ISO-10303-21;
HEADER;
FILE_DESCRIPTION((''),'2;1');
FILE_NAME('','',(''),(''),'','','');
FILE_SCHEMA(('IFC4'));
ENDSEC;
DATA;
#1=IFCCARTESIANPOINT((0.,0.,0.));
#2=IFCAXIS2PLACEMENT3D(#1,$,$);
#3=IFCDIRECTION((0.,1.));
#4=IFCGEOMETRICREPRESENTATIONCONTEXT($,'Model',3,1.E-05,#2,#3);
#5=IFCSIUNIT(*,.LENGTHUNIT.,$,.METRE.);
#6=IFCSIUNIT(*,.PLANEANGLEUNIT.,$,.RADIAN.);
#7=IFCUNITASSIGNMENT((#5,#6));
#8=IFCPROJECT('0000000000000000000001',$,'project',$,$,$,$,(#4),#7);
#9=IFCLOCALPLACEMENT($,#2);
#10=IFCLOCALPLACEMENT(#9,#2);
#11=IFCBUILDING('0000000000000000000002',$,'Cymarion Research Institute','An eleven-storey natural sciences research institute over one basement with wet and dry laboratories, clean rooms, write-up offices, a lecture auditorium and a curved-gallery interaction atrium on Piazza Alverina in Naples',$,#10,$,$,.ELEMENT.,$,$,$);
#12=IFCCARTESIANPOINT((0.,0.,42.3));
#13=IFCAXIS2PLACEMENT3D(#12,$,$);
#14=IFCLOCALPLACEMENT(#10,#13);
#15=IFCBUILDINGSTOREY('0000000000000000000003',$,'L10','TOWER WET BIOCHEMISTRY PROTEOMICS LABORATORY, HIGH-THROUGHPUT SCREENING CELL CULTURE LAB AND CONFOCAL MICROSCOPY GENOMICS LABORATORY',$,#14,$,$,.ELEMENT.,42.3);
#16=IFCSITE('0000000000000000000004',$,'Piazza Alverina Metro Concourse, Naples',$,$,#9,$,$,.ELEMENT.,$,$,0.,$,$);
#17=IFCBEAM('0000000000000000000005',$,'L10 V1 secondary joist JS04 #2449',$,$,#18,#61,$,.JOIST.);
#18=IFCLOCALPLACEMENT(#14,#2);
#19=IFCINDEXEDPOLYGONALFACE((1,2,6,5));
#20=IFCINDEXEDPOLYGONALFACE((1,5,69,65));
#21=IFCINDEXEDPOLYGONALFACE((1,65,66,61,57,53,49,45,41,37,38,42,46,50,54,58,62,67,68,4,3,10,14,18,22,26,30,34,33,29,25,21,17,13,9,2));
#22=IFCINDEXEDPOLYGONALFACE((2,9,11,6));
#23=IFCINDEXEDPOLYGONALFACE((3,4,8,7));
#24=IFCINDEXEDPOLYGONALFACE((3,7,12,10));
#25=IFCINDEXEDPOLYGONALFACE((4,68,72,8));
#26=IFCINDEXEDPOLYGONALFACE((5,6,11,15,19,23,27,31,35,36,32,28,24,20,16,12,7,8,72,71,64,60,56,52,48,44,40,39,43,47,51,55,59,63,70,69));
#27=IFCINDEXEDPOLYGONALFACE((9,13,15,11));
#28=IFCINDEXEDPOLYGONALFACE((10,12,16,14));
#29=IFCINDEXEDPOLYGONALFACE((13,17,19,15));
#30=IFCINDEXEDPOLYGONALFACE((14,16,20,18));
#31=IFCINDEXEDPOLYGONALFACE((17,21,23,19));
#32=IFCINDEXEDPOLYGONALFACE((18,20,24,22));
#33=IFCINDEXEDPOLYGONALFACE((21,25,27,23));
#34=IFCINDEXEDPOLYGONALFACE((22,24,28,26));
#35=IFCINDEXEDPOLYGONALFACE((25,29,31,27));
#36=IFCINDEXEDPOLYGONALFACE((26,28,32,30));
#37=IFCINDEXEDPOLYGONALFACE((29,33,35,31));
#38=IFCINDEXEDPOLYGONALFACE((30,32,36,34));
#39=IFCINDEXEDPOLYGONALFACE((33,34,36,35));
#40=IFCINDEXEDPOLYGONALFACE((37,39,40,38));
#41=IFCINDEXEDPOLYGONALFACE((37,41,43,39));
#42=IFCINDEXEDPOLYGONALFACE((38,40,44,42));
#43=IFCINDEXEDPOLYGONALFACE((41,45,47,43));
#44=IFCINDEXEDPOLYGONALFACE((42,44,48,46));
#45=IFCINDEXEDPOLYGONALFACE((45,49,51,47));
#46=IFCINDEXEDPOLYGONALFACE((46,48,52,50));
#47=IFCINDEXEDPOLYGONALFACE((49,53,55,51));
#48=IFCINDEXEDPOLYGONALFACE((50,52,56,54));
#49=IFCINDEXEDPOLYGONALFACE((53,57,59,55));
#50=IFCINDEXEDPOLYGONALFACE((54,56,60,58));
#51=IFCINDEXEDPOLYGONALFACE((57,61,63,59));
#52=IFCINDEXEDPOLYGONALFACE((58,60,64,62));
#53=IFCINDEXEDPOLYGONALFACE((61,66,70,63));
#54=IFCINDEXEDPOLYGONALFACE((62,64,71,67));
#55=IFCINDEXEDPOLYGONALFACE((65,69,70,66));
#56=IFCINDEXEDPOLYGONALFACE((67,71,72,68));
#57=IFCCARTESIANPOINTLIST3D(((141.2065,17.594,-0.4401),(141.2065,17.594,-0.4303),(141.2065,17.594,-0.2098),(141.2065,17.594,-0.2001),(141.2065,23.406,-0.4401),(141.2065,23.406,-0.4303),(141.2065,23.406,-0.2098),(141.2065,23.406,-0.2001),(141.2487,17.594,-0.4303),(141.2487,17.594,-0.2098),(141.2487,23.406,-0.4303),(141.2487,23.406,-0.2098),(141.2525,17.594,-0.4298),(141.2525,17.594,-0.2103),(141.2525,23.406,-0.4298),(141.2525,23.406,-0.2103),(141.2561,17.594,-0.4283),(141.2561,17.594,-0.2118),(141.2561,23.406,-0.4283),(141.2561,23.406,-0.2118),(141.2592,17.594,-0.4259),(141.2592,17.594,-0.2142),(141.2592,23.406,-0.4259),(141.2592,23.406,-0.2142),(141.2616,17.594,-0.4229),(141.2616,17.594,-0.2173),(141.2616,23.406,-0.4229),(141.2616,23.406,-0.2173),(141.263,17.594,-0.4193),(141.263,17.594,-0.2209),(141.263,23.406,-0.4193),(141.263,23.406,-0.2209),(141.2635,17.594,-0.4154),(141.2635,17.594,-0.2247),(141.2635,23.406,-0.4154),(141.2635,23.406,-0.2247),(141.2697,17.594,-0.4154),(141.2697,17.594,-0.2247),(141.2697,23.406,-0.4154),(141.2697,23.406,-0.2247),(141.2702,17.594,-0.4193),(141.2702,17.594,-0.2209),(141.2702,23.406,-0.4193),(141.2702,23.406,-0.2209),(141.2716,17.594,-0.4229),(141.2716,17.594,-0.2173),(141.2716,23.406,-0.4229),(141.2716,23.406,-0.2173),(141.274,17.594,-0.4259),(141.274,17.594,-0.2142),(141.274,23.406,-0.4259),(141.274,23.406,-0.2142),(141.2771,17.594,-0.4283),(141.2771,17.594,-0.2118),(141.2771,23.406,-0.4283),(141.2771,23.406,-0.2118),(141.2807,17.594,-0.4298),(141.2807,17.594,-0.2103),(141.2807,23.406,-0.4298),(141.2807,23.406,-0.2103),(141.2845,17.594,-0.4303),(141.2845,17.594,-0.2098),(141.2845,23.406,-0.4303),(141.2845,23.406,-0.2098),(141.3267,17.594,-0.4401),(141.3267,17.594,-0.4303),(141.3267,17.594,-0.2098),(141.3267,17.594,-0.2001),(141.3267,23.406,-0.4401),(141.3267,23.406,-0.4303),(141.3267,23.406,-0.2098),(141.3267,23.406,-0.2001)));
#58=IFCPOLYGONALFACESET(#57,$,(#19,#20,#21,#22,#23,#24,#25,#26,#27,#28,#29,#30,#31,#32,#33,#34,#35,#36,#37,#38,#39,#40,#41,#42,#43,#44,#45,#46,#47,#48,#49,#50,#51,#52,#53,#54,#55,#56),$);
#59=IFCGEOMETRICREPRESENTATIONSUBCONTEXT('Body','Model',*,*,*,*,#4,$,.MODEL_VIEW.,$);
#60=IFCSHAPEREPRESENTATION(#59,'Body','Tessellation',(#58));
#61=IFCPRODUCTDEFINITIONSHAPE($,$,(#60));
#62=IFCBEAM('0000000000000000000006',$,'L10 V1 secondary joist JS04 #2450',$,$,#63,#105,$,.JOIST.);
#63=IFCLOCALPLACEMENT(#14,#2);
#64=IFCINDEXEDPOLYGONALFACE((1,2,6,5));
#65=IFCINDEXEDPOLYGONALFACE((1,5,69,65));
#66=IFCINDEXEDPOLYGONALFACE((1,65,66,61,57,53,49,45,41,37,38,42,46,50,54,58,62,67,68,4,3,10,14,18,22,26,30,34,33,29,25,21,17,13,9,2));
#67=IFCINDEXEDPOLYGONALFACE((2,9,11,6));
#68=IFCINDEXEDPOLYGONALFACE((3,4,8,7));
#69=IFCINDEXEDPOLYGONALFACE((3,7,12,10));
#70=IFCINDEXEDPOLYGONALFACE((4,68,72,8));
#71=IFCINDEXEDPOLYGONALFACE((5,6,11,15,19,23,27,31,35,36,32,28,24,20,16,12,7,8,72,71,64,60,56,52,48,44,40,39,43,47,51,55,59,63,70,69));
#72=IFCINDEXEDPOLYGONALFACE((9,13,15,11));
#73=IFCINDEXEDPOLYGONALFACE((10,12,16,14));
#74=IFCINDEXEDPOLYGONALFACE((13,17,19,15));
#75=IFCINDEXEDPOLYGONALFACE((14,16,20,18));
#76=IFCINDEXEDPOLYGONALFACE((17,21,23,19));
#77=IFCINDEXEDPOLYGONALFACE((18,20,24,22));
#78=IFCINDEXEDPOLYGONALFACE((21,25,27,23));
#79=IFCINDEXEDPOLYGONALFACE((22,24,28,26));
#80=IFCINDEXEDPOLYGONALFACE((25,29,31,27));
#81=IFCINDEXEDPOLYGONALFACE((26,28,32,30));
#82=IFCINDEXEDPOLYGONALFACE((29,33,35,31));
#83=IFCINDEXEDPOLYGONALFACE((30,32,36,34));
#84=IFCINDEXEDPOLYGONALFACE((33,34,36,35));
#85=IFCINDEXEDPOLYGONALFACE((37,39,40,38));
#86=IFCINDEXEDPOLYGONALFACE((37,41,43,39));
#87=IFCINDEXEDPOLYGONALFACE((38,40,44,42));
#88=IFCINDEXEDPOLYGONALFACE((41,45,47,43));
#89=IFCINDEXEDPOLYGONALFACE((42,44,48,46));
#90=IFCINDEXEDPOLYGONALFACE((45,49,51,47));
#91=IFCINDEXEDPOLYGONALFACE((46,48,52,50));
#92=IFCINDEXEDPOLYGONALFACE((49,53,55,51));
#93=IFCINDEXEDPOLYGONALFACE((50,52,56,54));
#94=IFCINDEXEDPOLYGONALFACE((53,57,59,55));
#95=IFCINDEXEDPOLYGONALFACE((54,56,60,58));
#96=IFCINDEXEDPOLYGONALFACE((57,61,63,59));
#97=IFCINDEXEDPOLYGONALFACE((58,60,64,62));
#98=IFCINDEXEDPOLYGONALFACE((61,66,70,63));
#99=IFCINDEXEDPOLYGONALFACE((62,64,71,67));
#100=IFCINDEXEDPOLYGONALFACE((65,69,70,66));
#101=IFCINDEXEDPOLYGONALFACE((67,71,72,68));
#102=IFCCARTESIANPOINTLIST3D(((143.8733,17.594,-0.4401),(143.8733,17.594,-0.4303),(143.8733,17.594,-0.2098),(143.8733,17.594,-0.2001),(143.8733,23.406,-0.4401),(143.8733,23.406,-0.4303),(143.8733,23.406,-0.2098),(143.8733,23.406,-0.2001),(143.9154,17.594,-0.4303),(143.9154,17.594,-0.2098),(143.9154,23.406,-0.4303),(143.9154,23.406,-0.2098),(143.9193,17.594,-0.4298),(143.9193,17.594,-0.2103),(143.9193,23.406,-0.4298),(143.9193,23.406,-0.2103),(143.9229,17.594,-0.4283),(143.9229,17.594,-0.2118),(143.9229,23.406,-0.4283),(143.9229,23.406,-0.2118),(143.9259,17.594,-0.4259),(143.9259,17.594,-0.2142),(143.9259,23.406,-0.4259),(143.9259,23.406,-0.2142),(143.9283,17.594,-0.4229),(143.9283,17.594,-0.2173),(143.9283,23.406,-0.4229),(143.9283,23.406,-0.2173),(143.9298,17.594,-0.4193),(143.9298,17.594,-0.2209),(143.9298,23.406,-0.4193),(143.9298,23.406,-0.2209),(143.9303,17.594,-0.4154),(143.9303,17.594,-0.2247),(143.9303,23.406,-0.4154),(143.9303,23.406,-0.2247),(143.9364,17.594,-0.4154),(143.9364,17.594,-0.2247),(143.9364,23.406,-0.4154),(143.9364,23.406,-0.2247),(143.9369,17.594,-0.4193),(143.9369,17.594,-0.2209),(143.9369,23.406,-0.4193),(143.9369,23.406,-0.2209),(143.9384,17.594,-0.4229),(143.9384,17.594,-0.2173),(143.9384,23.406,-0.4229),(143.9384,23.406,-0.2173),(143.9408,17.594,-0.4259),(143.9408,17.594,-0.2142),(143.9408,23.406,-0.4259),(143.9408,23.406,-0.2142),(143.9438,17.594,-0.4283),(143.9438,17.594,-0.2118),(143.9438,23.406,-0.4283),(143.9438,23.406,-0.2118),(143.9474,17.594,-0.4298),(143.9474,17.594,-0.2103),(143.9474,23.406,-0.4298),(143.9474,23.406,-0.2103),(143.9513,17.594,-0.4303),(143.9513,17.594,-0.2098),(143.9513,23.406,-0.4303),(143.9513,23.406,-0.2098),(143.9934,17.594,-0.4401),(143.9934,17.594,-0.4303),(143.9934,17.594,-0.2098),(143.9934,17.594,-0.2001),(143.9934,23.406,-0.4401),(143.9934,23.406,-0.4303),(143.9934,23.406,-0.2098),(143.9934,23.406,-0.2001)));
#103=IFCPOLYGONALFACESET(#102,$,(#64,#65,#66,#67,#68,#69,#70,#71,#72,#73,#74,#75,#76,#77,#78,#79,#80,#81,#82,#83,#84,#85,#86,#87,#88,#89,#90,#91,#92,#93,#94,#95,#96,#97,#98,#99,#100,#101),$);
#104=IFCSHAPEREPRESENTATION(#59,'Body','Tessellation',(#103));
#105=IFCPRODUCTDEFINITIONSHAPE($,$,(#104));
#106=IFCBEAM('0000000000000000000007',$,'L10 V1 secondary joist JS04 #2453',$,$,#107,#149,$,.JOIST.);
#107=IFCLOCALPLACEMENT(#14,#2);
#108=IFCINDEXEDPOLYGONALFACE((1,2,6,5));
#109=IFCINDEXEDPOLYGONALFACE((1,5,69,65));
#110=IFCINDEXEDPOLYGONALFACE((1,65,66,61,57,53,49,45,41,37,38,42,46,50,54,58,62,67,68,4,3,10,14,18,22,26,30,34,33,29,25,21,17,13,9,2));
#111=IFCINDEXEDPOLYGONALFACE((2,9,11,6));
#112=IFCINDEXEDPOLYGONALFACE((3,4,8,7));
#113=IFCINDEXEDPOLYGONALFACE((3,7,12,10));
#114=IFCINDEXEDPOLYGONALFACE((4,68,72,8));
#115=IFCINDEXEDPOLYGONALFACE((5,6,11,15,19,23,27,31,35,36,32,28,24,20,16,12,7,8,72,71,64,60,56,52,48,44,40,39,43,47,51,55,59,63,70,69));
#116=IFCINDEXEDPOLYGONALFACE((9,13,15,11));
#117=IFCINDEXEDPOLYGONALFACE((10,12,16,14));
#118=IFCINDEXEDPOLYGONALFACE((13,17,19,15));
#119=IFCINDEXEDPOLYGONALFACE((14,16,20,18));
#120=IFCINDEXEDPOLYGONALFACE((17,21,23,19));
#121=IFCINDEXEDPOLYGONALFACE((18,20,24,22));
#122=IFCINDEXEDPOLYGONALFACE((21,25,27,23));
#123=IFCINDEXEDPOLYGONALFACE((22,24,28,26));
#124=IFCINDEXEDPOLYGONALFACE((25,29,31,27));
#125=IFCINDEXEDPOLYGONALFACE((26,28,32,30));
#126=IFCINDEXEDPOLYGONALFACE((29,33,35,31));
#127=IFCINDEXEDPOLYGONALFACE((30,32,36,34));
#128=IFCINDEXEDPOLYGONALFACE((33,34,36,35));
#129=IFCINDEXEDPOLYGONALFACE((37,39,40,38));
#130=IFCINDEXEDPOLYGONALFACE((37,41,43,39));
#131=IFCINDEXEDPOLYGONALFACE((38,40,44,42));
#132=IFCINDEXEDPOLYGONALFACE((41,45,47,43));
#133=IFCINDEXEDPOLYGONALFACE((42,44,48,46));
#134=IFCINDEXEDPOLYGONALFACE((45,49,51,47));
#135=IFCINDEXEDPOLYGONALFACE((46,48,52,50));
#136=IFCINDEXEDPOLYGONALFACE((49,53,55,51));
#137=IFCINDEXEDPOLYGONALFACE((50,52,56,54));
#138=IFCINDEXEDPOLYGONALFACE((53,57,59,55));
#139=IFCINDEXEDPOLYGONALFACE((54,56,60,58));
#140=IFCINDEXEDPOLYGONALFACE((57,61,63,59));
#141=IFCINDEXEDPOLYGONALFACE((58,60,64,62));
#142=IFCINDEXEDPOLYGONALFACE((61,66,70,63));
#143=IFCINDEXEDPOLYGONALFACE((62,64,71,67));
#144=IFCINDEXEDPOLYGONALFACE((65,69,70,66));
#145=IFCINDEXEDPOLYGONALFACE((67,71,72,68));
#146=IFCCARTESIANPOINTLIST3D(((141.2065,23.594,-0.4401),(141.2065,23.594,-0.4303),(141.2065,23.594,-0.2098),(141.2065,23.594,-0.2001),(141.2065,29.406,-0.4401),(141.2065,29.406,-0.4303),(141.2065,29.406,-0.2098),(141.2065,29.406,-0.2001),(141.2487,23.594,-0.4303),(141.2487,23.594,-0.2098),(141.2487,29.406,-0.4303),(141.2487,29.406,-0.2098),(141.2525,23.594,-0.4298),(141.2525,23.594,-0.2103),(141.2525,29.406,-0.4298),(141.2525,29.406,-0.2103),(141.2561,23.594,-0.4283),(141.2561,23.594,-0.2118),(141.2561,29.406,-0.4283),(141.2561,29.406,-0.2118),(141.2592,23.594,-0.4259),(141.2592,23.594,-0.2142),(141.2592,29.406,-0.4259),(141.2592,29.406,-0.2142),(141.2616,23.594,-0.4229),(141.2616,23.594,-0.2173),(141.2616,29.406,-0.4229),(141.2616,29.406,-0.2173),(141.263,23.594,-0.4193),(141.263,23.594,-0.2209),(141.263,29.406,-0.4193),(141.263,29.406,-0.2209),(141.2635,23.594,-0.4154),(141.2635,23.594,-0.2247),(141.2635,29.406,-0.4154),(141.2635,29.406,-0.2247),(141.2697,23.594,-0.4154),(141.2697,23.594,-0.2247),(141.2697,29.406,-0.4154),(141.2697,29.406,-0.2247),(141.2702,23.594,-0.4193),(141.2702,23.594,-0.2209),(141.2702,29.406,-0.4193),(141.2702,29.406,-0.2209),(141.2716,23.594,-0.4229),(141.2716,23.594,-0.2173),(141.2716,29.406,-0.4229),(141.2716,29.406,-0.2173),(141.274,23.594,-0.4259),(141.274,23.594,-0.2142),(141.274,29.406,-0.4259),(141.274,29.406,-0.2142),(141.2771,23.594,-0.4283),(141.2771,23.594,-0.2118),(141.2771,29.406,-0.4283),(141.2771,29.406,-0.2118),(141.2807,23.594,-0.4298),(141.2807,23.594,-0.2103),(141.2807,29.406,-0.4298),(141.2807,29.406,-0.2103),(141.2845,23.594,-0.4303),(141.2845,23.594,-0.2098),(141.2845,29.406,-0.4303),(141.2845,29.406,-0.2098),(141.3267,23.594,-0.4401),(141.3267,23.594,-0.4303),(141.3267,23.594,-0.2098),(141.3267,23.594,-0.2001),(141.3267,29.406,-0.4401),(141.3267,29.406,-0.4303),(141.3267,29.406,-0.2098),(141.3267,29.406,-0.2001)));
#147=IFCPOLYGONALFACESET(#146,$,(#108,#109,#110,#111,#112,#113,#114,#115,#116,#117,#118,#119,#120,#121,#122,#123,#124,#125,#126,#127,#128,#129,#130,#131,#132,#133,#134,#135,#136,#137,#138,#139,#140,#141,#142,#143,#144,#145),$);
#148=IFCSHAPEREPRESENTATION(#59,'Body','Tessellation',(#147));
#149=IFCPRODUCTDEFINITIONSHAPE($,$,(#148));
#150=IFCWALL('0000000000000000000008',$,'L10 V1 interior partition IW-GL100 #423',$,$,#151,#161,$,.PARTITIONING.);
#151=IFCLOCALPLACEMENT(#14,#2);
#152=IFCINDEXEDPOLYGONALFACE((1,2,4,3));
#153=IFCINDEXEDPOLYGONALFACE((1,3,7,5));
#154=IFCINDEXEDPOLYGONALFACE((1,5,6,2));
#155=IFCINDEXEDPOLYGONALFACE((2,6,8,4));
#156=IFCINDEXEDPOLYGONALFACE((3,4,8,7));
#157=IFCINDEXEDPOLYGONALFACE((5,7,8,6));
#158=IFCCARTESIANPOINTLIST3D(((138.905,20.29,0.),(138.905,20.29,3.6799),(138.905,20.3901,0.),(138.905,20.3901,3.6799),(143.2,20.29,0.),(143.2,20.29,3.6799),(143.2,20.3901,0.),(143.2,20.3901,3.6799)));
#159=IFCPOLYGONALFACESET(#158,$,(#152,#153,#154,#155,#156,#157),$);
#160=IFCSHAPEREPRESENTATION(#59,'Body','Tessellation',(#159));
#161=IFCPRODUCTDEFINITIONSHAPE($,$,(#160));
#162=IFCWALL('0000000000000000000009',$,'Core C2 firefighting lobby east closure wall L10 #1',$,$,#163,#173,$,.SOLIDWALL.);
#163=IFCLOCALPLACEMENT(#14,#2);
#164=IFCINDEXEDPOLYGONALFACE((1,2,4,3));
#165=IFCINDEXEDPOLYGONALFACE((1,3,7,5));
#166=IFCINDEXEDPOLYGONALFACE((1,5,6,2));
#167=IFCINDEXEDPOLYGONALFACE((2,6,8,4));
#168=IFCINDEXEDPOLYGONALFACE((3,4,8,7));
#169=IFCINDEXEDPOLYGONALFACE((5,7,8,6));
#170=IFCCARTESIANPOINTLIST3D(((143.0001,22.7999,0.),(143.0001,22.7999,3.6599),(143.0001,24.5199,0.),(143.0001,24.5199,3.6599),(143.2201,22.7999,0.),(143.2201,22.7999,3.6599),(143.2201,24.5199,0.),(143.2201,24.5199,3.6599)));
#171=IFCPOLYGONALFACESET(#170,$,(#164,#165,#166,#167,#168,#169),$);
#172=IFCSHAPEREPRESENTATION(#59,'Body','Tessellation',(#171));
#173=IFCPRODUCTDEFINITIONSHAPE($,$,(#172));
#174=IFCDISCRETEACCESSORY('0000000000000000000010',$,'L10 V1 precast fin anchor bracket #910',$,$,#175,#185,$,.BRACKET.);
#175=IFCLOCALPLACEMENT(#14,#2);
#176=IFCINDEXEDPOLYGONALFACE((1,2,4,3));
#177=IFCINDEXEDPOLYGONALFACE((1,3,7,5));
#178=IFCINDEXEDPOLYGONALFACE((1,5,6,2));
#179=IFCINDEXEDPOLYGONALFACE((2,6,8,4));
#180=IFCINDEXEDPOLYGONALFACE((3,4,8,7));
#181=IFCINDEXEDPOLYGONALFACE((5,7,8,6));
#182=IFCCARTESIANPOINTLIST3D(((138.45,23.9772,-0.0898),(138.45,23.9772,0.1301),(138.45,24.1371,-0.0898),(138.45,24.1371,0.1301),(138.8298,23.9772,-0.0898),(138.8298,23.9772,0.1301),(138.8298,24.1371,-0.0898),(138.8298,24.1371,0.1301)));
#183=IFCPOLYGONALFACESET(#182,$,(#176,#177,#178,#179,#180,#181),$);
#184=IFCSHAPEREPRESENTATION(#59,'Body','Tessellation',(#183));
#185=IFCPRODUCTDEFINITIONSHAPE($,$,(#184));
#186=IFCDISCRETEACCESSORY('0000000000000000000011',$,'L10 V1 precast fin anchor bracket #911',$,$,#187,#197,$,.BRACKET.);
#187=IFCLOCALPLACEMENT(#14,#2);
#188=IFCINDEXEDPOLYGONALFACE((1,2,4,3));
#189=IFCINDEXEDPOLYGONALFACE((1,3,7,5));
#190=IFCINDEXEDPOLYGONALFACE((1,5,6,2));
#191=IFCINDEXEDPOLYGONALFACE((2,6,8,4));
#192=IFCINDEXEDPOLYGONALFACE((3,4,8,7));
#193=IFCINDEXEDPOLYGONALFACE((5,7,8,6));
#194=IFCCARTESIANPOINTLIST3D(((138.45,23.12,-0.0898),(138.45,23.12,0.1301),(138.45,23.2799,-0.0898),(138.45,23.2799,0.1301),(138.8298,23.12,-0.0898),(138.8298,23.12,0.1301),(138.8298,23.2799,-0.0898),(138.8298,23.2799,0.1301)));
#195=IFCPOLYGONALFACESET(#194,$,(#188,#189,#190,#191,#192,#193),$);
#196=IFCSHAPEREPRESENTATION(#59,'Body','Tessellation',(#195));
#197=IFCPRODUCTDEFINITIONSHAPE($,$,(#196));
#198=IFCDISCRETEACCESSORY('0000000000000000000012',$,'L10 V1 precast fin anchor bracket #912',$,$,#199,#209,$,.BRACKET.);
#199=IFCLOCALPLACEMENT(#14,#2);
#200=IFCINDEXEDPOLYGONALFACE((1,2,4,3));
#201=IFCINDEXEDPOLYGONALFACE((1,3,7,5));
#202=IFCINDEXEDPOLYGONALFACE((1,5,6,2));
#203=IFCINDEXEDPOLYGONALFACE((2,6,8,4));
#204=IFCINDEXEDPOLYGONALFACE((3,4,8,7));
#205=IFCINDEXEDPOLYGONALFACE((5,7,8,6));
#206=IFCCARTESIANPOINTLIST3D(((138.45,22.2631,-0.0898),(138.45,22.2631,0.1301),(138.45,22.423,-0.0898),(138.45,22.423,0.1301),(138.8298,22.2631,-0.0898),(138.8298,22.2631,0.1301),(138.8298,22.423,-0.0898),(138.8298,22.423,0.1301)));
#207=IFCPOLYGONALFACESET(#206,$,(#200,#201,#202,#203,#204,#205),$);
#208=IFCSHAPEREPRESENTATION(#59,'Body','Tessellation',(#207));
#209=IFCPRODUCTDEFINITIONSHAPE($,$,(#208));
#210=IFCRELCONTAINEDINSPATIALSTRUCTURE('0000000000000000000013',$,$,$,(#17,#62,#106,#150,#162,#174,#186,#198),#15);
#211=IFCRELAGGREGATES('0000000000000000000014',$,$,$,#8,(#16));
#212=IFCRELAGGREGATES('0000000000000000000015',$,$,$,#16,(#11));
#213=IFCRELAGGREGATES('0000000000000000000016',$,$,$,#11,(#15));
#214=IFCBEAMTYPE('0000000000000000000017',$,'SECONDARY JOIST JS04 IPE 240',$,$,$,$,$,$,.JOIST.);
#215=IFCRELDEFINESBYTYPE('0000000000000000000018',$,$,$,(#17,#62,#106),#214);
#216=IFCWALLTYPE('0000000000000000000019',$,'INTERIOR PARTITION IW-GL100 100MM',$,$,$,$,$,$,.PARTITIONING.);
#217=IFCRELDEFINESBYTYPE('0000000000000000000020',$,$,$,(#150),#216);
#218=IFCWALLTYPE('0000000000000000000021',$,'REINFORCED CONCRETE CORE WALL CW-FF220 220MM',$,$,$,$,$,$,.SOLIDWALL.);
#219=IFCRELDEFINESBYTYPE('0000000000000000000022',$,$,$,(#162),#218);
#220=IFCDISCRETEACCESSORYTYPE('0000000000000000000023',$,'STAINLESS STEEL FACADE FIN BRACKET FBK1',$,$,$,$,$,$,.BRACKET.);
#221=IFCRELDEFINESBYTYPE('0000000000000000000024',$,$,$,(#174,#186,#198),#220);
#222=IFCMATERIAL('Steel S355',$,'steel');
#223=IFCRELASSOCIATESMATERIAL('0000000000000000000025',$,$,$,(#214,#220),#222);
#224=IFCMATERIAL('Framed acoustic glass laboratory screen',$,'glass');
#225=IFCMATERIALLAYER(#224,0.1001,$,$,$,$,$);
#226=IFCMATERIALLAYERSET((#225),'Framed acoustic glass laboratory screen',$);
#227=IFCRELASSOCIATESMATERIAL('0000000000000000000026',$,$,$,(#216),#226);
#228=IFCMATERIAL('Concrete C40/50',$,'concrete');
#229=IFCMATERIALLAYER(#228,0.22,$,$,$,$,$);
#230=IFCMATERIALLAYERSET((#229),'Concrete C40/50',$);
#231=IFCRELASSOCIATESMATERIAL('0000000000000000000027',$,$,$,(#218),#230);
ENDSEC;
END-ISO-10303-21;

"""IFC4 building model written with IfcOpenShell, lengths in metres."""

from ifc_helpers import new_model, si_unit, direction, frame, frame_2d, origin, origin_2d, place, context, subcontext, project, spatial, rectangle, i_section, extrude, material, layer, layer_set, material_profile, profile_set, type_object, element, save


model = new_model("IFC4")

# Units and contexts
model_context = context("Model", 3, precision=1e-05, world=origin(), true_north=direction((0.0, 1.0)))
body_context = subcontext(model_context, "Body", "Model", "MODEL_VIEW")
ifc_project = project(units=[si_unit("LENGTHUNIT", "METRE"), si_unit("PLANEANGLEUNIT", "RADIAN")], contexts=[model_context])

# Site, building, storey
site_placement = place(None, origin())
site = spatial("IfcSite", under=ifc_project, at=site_placement, Name="Piazza Alverina Metro Concourse, Naples", CompositionType="ELEMENT", RefElevation=0.0)
building_placement = place(site_placement, origin())
building = spatial("IfcBuilding", under=site, at=building_placement, Name="Cymarion Research Institute", Description="An eleven-storey natural sciences research institute over one basement with wet and dry laboratories, clean rooms, write-up offices, a lecture auditorium and a curved-gallery interaction atrium on Piazza Alverina in Naples", CompositionType="ELEMENT")
storey_placement = place(building_placement, frame((0.0, 0.0, 42.3)))
storey = spatial("IfcBuildingStorey", under=building, at=storey_placement, Name="L10", Description="TOWER WET BIOCHEMISTRY PROTEOMICS LABORATORY, HIGH-THROUGHPUT SCREENING CELL CULTURE LAB AND CONFOCAL MICROSCOPY GENOMICS LABORATORY", CompositionType="ELEMENT", Elevation=42.3)

# Beams
ifc_material_1 = material(Name="Steel S355", Category="steel")
ifc_material_profile = material_profile(ifc_material_1, i_section(OverallWidth=0.1201, OverallDepth=0.24, WebThickness=0.0061, FlangeThickness=0.0098, FilletRadius=0.0149, at=origin_2d()), Name="IPE 240")
ifc_profile_set = profile_set([ifc_material_profile], Name="Steel S355")
beam_type = type_object("IfcBeamType", Name="SECONDARY JOIST JS04 IPE 240", PredefinedType="JOIST", material=ifc_profile_set)
for number, where, z_axis, x_axis, name in (
    (1, (141.2666, 17.594, -0.3201), (0.0, 1.0, 0.0), (-1.0, 0.0, 0.0), "L10 V1 secondary joist JS04 #2449"),
    (2, (143.9333, 17.594, -0.3201), (0.0, 1.0, 0.0), (-1.0, 0.0, 0.0), "L10 V1 secondary joist JS04 #2450"),
    (3, (141.2666, 23.594, -0.3201), (0.0, 1.0, 0.0), (-1.0, 0.0, 0.0), "L10 V1 secondary joist JS04 #2453"),
):
    element("IfcBeam", number, at=place(storey_placement, frame(where, z_axis=z_axis, x_axis=x_axis)), inside=storey, type_object=beam_type, Name=name, PredefinedType="JOIST", context=body_context, shape_type="SweptSolid", body=[
        extrude(i_section(OverallWidth=0.1201, OverallDepth=0.24, WebThickness=0.0061, FlangeThickness=0.0098, FilletRadius=0.0149, at=origin_2d()), origin(), (0.0, 0.0, 1.0), 5.812),
    ])

# Wall
ifc_material_2 = material(Name="Framed acoustic glass laboratory screen", Category="glass")
ifc_layer_1 = layer(ifc_material_2, 0.1001)
ifc_layer_set_1 = layer_set([ifc_layer_1], Name="Framed acoustic glass laboratory screen")
wall_type_1 = type_object("IfcWallType", Name="INTERIOR PARTITION IW-GL100 100MM", PredefinedType="PARTITIONING", material=ifc_layer_set_1)
wall_1_placement = place(storey_placement, frame((138.905, 20.3401, 0.0), z_axis=(0.0, 0.0, 1.0), x_axis=(1.0, 0.0, 0.0)))
element("IfcWall", 4, at=wall_1_placement, inside=storey, type_object=wall_type_1, Name="L10 V1 interior partition IW-GL100 #423", PredefinedType="PARTITIONING", context=body_context, shape_type="SweptSolid", body=[
    extrude(rectangle(XDim=4.2949, YDim=0.1001, at=frame_2d((2.1475, 0.0))), origin(), (0.0, 0.0, 1.0), 3.6799),
])

# Shared definitions
ifc_material_3 = material(Name="Concrete C40/50", Category="concrete")
ifc_layer_2 = layer(ifc_material_3, 0.22)
ifc_layer_set_2 = layer_set([ifc_layer_2], Name="Concrete C40/50")
wall_type_2 = type_object("IfcWallType", Name="REINFORCED CONCRETE CORE WALL CW-FF220 220MM", PredefinedType="SOLIDWALL", material=ifc_layer_set_2)

# Wall
wall_2_placement = place(storey_placement, frame((143.1101, 22.8, 0.0), z_axis=(0.0, 0.0, 1.0), x_axis=(0.0, 1.0, 0.0)))
element("IfcWall", 5, at=wall_2_placement, inside=storey, type_object=wall_type_2, Name="Core C2 firefighting lobby east closure wall L10 #1", PredefinedType="SOLIDWALL", context=body_context, shape_type="SweptSolid", body=[
    extrude(rectangle(XDim=1.72, YDim=0.22, at=frame_2d((0.8599, 0.0))), origin(), (0.0, 0.0, 1.0), 3.6599),
])

# Discrete accessories
discrete_accessory_type = type_object("IfcDiscreteAccessoryType", Name="STAINLESS STEEL FACADE FIN BRACKET FBK1", PredefinedType="BRACKET", material=ifc_material_1)
for number, where, z_axis, x_axis, name in (
    (6, (138.6399, 24.0571, -0.0898), (0.0, 0.0, 1.0), (-1.0, 0.0, 0.0), "L10 V1 precast fin anchor bracket #910"),
    (7, (138.6399, 23.2, -0.0898), (0.0, 0.0, 1.0), (-1.0, 0.0, 0.0), "L10 V1 precast fin anchor bracket #911"),
    (8, (138.6399, 22.343, -0.0898), (0.0, 0.0, 1.0), (-1.0, 0.0, 0.0), "L10 V1 precast fin anchor bracket #912"),
):
    element("IfcDiscreteAccessory", number, at=place(storey_placement, frame(where, z_axis=z_axis, x_axis=x_axis)), inside=storey, type_object=discrete_accessory_type, Name=name, PredefinedType="BRACKET", context=body_context, shape_type="SweptSolid", body=[
        extrude(rectangle(XDim=0.3799, YDim=0.1599, at=origin_2d()), origin(), (0.0, 0.0, 1.0), 0.22),
    ])

save(model, "model.ifc")
